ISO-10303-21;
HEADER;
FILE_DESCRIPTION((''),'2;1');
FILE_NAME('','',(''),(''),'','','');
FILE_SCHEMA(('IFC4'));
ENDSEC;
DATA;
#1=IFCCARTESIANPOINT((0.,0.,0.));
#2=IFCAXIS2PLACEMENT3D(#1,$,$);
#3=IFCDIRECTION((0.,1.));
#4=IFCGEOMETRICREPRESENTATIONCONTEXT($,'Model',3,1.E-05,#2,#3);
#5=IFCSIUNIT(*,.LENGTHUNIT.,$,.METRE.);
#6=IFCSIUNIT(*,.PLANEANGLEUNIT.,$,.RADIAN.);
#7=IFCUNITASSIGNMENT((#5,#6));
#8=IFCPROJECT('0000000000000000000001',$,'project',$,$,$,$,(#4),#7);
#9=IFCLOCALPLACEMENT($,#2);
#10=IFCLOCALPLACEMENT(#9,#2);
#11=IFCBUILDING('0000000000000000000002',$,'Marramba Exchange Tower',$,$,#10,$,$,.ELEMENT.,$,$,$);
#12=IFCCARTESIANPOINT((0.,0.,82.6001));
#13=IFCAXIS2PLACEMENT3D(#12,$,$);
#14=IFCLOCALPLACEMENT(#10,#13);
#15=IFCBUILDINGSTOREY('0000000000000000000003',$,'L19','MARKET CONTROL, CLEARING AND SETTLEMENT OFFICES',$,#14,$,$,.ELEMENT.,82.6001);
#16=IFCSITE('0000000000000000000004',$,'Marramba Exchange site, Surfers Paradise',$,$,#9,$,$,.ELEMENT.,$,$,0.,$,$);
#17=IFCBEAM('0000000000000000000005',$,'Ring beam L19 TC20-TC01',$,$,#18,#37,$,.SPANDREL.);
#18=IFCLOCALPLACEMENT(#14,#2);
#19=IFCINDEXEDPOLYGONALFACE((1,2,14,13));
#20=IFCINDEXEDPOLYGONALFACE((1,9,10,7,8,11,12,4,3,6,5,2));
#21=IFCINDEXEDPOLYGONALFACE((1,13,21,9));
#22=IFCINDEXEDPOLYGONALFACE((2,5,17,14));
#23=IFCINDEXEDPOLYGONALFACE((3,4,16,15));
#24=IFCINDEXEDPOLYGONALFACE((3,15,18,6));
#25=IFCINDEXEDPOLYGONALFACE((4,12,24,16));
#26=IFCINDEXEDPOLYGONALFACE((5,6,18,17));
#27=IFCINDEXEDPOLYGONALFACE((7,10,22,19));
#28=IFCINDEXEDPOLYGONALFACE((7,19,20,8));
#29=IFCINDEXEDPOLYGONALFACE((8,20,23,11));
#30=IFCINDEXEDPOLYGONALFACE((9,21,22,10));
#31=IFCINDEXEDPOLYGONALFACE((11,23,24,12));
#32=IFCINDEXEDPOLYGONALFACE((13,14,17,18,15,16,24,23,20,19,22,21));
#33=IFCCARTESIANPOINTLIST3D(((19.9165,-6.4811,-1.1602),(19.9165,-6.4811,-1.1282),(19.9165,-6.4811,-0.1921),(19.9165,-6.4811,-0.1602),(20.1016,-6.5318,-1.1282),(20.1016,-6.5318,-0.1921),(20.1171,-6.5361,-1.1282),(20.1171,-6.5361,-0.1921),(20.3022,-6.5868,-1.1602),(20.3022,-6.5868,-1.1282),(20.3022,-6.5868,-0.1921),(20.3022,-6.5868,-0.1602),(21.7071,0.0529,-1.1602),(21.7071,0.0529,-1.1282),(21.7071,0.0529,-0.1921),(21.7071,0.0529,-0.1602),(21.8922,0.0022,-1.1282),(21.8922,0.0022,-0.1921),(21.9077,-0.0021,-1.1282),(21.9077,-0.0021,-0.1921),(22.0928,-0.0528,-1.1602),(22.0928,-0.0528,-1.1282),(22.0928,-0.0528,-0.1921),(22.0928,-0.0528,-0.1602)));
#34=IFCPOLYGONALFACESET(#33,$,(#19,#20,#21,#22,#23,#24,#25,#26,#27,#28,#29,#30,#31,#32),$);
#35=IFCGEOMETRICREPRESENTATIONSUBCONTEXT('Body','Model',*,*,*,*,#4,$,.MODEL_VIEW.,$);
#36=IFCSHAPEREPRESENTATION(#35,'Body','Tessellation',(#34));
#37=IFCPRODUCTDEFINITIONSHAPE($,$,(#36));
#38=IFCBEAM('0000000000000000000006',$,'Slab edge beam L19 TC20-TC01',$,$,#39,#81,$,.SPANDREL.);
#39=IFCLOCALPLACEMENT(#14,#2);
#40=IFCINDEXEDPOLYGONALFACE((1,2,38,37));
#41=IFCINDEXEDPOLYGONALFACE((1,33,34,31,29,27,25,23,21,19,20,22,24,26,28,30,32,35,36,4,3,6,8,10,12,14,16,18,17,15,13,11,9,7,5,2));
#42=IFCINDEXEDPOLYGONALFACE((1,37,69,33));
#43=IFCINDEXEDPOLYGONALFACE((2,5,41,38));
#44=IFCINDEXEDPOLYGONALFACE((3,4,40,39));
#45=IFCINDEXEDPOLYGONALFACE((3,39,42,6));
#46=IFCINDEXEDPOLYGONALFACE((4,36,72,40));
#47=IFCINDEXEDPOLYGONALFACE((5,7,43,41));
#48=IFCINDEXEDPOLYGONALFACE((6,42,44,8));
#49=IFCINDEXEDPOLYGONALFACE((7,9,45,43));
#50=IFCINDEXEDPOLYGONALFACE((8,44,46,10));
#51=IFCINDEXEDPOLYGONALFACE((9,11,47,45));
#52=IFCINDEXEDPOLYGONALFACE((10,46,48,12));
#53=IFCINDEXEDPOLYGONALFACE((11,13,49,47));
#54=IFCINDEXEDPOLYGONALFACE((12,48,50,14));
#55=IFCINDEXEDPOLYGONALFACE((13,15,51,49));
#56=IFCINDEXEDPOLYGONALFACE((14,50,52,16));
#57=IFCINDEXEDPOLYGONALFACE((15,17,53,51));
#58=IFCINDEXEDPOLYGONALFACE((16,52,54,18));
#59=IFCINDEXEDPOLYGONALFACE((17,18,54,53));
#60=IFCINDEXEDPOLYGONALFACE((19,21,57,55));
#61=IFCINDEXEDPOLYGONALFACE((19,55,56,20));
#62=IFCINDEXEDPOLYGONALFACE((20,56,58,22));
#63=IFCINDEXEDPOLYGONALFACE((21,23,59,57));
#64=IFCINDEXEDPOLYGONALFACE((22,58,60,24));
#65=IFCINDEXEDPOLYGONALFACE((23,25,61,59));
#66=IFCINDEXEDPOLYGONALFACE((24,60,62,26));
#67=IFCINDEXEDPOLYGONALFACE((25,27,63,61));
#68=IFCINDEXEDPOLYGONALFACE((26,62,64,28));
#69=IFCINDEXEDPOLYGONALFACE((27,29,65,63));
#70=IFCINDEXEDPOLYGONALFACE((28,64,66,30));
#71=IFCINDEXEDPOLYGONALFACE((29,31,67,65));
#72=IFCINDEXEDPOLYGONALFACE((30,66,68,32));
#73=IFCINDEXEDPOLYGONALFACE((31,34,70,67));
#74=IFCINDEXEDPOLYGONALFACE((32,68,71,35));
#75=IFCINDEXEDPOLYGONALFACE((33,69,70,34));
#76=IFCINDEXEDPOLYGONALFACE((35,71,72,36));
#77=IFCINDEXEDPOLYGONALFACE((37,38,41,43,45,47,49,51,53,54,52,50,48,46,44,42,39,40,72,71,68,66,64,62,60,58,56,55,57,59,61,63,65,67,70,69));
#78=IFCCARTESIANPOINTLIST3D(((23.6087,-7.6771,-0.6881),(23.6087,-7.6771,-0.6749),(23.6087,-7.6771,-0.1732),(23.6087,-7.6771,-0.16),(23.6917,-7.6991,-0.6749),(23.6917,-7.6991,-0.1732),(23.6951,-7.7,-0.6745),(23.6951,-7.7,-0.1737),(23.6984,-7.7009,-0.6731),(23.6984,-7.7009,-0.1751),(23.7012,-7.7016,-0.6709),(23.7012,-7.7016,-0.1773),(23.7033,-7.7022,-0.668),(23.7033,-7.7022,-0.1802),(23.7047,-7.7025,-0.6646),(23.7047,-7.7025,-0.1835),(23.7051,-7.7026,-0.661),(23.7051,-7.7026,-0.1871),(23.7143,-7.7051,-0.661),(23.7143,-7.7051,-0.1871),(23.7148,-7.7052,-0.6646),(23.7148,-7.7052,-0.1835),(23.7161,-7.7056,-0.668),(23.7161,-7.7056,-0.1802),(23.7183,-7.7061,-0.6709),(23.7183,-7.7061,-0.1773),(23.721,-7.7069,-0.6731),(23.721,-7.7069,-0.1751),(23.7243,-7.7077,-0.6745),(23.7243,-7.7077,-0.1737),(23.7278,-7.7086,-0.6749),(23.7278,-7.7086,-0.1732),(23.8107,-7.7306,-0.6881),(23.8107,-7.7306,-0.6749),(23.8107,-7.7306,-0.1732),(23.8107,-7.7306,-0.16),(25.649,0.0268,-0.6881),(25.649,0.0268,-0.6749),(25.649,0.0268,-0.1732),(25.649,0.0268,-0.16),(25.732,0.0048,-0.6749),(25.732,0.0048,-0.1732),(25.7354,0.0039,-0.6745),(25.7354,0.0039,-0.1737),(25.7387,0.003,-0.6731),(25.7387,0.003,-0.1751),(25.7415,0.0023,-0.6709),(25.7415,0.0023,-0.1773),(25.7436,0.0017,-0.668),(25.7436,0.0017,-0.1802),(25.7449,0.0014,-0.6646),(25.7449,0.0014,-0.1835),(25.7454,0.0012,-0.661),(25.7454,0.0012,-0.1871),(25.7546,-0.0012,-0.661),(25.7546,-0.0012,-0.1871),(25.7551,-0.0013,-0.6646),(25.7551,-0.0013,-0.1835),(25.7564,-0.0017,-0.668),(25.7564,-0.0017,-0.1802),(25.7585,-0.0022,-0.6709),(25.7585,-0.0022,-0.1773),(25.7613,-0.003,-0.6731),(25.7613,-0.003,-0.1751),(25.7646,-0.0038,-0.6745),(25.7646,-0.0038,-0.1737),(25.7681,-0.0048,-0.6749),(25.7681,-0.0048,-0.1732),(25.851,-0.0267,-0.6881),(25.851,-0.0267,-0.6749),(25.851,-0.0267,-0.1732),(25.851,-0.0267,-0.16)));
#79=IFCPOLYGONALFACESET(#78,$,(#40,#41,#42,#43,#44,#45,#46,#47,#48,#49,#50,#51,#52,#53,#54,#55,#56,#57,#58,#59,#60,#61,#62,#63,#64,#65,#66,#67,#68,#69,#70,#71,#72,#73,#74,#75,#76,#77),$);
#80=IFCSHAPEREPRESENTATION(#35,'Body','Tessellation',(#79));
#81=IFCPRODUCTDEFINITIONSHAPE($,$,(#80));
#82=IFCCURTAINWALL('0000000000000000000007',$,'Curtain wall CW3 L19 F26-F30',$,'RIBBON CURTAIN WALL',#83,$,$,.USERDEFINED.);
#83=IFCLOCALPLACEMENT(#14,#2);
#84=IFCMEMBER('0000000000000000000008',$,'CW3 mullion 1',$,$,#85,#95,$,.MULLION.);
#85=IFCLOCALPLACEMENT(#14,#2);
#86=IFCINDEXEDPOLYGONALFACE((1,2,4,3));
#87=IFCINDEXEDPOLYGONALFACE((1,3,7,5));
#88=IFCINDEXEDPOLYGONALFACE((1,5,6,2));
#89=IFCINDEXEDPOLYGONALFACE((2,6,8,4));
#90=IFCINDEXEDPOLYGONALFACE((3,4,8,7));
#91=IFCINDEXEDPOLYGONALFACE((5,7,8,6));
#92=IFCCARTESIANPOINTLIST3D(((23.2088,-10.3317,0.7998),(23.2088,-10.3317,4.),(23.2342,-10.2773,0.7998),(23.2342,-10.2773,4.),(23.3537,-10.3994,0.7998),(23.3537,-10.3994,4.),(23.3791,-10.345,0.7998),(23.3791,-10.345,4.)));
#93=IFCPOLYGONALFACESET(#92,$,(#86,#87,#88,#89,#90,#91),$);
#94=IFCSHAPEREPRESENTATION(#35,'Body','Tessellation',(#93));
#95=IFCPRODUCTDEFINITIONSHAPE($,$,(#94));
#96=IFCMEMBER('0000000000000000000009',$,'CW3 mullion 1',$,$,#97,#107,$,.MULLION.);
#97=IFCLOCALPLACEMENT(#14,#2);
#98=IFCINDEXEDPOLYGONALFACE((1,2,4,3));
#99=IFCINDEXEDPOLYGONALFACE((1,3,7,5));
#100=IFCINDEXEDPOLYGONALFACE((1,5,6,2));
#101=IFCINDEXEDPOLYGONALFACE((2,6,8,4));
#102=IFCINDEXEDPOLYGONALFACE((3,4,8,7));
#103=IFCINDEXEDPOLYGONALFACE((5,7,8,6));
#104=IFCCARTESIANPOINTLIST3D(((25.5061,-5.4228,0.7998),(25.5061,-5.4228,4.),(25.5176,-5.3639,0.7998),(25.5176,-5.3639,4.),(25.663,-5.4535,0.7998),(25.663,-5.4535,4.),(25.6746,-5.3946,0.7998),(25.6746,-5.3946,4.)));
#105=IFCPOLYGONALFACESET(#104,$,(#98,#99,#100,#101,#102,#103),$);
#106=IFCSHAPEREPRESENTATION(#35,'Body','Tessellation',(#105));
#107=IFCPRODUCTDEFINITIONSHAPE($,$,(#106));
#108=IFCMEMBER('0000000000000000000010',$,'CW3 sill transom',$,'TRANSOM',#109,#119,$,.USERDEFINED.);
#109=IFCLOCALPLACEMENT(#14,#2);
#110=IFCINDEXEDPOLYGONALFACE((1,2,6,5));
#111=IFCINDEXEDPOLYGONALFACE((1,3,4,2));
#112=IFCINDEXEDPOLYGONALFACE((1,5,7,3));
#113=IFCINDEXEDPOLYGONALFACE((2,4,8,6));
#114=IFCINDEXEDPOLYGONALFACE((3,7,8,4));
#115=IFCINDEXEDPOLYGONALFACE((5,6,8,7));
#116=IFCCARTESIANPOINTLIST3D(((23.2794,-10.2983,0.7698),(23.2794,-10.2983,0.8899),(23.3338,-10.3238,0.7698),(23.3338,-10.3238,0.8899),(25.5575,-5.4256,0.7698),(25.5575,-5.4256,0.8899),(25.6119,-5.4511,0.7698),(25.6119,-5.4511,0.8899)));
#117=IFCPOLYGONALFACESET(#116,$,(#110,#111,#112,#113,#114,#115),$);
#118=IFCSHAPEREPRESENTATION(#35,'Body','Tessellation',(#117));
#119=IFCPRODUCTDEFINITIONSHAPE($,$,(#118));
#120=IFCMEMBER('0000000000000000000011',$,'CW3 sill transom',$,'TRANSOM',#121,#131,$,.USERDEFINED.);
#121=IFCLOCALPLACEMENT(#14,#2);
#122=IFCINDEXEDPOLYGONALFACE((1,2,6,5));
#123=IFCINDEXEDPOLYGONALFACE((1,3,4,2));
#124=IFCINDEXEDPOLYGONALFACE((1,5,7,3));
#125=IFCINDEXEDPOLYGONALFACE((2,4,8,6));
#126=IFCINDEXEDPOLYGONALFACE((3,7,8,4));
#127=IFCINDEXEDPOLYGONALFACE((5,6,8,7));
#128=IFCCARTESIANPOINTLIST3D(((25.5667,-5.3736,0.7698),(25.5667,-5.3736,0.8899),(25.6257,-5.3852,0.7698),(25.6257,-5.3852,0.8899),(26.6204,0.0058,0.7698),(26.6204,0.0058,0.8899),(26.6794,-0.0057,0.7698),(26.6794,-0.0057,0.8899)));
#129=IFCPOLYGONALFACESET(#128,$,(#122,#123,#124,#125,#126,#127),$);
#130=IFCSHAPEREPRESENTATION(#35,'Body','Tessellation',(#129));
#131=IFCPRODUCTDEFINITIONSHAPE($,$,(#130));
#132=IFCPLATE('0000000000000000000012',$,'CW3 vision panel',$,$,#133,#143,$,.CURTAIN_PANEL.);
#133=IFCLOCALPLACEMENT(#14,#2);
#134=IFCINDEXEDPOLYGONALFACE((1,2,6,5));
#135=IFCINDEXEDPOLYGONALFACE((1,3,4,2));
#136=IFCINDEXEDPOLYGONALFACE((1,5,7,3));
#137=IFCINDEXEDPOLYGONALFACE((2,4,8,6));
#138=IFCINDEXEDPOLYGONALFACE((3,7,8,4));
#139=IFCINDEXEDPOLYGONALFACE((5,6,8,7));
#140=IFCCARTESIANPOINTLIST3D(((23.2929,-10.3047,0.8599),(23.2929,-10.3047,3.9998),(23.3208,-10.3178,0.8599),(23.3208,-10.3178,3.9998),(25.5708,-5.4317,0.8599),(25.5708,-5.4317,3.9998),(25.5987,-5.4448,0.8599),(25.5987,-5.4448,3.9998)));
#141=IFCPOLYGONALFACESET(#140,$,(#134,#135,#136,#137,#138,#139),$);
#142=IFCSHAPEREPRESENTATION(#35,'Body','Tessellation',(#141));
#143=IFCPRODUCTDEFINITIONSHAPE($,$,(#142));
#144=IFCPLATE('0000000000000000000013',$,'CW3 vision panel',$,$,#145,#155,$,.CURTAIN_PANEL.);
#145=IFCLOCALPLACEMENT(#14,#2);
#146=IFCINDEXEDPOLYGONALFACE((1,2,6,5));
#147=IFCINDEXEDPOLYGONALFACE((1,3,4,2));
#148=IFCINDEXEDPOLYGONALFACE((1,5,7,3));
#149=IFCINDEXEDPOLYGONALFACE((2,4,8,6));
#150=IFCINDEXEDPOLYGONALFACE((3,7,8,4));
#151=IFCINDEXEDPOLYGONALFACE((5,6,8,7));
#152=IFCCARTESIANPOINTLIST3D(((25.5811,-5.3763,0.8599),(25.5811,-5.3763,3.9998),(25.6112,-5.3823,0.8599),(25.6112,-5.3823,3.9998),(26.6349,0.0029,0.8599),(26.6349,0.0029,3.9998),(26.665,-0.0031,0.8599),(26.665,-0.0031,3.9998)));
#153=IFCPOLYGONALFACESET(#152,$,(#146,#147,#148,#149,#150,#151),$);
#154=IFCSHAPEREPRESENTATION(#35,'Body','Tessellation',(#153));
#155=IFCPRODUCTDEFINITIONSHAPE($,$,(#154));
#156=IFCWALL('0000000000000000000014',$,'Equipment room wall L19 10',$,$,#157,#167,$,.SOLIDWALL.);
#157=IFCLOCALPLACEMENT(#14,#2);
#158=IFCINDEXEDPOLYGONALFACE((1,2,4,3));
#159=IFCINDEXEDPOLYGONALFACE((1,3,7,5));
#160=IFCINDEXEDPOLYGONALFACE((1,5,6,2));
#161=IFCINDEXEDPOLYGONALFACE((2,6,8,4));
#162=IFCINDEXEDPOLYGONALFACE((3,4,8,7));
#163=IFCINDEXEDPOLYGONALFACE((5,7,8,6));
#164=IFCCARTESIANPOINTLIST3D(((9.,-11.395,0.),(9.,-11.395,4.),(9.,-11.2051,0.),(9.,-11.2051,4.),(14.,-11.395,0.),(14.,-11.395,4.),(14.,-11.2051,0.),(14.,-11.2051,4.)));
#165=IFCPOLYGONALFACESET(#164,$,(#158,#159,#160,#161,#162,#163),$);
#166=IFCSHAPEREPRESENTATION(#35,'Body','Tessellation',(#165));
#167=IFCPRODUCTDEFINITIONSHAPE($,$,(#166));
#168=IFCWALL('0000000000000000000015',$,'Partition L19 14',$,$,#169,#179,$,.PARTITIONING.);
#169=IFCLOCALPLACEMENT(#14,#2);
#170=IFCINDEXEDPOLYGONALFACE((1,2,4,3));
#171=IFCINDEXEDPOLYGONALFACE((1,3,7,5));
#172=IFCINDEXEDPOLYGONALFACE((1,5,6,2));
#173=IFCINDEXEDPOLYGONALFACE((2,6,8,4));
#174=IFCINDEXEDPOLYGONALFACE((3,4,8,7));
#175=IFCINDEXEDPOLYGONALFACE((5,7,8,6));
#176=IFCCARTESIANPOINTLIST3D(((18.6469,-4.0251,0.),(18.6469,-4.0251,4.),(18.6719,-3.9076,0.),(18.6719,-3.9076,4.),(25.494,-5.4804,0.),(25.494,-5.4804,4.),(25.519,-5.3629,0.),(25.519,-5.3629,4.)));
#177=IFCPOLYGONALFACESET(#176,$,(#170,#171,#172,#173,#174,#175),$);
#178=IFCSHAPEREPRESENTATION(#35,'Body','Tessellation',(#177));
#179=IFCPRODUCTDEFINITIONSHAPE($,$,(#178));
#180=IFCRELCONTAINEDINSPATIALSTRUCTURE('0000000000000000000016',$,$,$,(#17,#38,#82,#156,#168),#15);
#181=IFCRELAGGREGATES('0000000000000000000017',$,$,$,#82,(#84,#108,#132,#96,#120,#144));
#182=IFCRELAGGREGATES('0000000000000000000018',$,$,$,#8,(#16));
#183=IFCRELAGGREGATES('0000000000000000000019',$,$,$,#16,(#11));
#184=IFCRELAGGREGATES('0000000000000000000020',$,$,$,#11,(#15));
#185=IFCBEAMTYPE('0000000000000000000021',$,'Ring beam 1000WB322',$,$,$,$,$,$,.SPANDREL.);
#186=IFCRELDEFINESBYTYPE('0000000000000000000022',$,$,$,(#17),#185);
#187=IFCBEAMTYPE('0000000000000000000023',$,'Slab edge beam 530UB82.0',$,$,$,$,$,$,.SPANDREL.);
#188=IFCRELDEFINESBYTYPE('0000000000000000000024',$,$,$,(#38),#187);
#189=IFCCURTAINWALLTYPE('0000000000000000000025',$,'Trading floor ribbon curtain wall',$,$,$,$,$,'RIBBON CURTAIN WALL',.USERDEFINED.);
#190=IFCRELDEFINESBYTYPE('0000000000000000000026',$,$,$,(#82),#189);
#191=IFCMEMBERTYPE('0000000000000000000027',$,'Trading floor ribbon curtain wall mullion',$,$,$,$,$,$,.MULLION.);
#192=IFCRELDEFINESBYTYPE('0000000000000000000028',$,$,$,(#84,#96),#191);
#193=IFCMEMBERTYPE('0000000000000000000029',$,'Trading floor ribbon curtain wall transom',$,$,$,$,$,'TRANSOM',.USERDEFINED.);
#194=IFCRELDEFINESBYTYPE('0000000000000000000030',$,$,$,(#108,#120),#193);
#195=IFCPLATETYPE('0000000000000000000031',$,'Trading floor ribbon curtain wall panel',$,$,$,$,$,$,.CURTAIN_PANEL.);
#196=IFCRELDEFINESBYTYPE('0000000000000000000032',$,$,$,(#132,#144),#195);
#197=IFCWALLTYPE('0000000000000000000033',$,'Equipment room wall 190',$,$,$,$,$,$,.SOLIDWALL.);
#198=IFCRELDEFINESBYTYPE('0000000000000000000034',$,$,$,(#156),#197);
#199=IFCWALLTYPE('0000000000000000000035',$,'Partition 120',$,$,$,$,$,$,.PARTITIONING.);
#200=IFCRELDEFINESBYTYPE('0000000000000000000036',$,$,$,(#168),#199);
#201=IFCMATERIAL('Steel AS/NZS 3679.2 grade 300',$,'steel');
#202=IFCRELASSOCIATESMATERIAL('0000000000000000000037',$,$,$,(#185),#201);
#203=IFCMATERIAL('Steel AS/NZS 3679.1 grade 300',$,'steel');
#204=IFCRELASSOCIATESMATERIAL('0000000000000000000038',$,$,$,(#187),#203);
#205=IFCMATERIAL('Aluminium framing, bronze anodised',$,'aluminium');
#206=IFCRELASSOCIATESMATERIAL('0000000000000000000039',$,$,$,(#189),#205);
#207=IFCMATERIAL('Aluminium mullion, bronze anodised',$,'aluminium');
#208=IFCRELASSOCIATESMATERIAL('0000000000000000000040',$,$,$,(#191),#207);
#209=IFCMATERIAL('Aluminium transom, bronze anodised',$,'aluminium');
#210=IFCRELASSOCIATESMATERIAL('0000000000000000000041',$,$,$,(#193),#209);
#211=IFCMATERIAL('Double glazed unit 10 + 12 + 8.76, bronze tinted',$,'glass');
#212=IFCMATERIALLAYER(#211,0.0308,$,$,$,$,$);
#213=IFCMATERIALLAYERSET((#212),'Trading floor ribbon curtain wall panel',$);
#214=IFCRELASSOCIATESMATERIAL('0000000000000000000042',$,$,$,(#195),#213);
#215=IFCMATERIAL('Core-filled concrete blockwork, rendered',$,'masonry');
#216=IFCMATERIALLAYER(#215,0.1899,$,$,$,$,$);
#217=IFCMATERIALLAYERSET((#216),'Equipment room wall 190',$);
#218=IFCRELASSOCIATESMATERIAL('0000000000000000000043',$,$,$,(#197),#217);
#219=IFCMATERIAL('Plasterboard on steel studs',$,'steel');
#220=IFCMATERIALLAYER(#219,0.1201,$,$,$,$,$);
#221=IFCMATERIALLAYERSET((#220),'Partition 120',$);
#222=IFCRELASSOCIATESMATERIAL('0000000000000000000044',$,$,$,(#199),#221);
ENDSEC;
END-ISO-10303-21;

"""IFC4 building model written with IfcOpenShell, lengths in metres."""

from ifc_helpers import new_model, si_unit, direction, frame, frame_2d, origin, origin_2d, place, context, subcontext, project, spatial, rectangle, i_section, extrude, material, layer, layer_set, material_profile, profile_set, type_object, element, aggregate, save


model = new_model("IFC4")

# Units and contexts
model_context = context("Model", 3, precision=1e-05, world=origin(), true_north=direction((0.0, 1.0)))
body_context = subcontext(model_context, "Body", "Model", "MODEL_VIEW")
ifc_project = project(units=[si_unit("LENGTHUNIT", "METRE"), si_unit("PLANEANGLEUNIT", "RADIAN")], contexts=[model_context])

# Site, building, storey
site_placement = place(None, origin())
site = spatial("IfcSite", under=ifc_project, at=site_placement, Name="Marramba Exchange site, Surfers Paradise", CompositionType="ELEMENT", RefElevation=0.0)
building_placement = place(site_placement, origin())
building = spatial("IfcBuilding", under=site, at=building_placement, Name="Marramba Exchange Tower", CompositionType="ELEMENT")
storey_placement = place(building_placement, frame((0.0, 0.0, 82.6001)))
storey = spatial("IfcBuildingStorey", under=building, at=storey_placement, Name="L19", Description="MARKET CONTROL, CLEARING AND SETTLEMENT OFFICES", CompositionType="ELEMENT", Elevation=82.6001)

# Beams
ifc_material_1 = material(Name="Steel AS/NZS 3679.2 grade 300", Category="steel")
ifc_material_2 = material(Name="Steel AS/NZS 3679.1 grade 300", Category="steel")
ifc_material_profile_1 = material_profile(ifc_material_1, i_section(OverallWidth=0.3999, OverallDepth=1.0, WebThickness=0.0161, FlangeThickness=0.032, at=origin_2d()), Name="1000WB322")
ifc_profile_set_1 = profile_set([ifc_material_profile_1], Name="Steel AS/NZS 3679.2 grade 300")
beam_type_1 = type_object("IfcBeamType", Name="Ring beam 1000WB322", PredefinedType="SPANDREL", material=ifc_profile_set_1)
beam_1_placement = place(storey_placement, frame((20.1094, -6.5339, -0.6602), z_axis=(0.264291, 0.964443, 0.0), x_axis=(-0.964443, 0.264291, 0.0)))
element("IfcBeam", 1, at=beam_1_placement, inside=storey, type_object=beam_type_1, Name="Ring beam L19 TC20-TC01", PredefinedType="SPANDREL", context=body_context, shape_type="SweptSolid", body=[
    extrude(i_section(OverallWidth=0.3999, OverallDepth=1.0, WebThickness=0.0161, FlangeThickness=0.032, at=origin_2d()), origin(), (0.0, 0.0, 1.0), 6.7749),
])
ifc_material_profile_2 = material_profile(ifc_material_2, i_section(OverallWidth=0.209, OverallDepth=0.5281, WebThickness=0.0095, FlangeThickness=0.0132, FilletRadius=0.0139, at=origin_2d()), Name="530UB82.0")
ifc_profile_set_2 = profile_set([ifc_material_profile_2], Name="Steel AS/NZS 3679.1 grade 300")
beam_type_2 = type_object("IfcBeamType", Name="Slab edge beam 530UB82.0", PredefinedType="SPANDREL", material=ifc_profile_set_2)
beam_2_placement = place(storey_placement, frame((23.7097, -7.7039, -0.4241), z_axis=(0.256013, 0.966673, 0.0), x_axis=(-0.966673, 0.256013, 0.0)))
element("IfcBeam", 2, at=beam_2_placement, inside=storey, type_object=beam_type_2, Name="Slab edge beam L19 TC20-TC01", PredefinedType="SPANDREL", context=body_context, shape_type="SweptSolid", body=[
    extrude(i_section(OverallWidth=0.209, OverallDepth=0.5281, WebThickness=0.0095, FlangeThickness=0.0132, FilletRadius=0.0139, at=origin_2d()), origin(), (0.0, 0.0, 1.0), 7.9695),
])

# Curtain wall, members, plates
ifc_material_3 = material(Name="Aluminium framing, bronze anodised", Category="aluminium")
curtain_wall_type = type_object("IfcCurtainWallType", Name="Trading floor ribbon curtain wall", ElementType="RIBBON CURTAIN WALL", PredefinedType="USERDEFINED", material=ifc_material_3)
curtain_wall_placement = place(storey_placement, origin())
curtain_wall = element("IfcCurtainWall", 3, at=curtain_wall_placement, inside=storey, type_object=curtain_wall_type, Name="Curtain wall CW3 L19 F26-F30", ObjectType="RIBBON CURTAIN WALL", PredefinedType="USERDEFINED")
ifc_material_4 = material(Name="Aluminium mullion, bronze anodised", Category="aluminium")
ifc_material_profile_3 = material_profile(ifc_material_4, rectangle(XDim=0.1599, YDim=0.0601, at=origin_2d()), Name="CW3 mullion 60x160")
ifc_profile_set_3 = profile_set([ifc_material_profile_3], Name="Aluminium mullion, bronze anodised")
member_type_1 = type_object("IfcMemberType", Name="Trading floor ribbon curtain wall mullion", PredefinedType="MULLION", material=ifc_profile_set_3)
member_1_placement = place(storey_placement, frame((23.2939, -10.3384, 0.7998), z_axis=(0.0, 0.0, 1.0), x_axis=(-0.905907, 0.423477, 0.0)))
member_1 = element("IfcMember", 4, at=member_1_placement, type_object=member_type_1, Name="CW3 mullion 1", PredefinedType="MULLION", context=body_context, shape_type="SweptSolid", body=[
    extrude(rectangle(XDim=0.1599, YDim=0.0601, at=origin_2d()), origin(), (0.0, 0.0, 1.0), 3.2002),
])
member_2_placement = place(storey_placement, frame((25.5903, -5.4087, 0.7998), z_axis=(0.0, 0.0, 1.0), x_axis=(-0.981346, 0.192249, 0.0)))
member_2 = element("IfcMember", 5, at=member_2_placement, type_object=member_type_1, Name="CW3 mullion 1", PredefinedType="MULLION", context=body_context, shape_type="SweptSolid", body=[
    extrude(rectangle(XDim=0.1599, YDim=0.0601, at=origin_2d()), origin(), (0.0, 0.0, 1.0), 3.2002),
])
ifc_material_5 = material(Name="Aluminium transom, bronze anodised", Category="aluminium")
ifc_material_profile_4 = material_profile(ifc_material_5, rectangle(XDim=0.0601, YDim=0.1201, at=origin_2d()), Name="CW3 transom 60x120")
ifc_profile_set_4 = profile_set([ifc_material_profile_4], Name="Aluminium transom, bronze anodised")
member_type_2 = type_object("IfcMemberType", Name="Trading floor ribbon curtain wall transom", ElementType="TRANSOM", PredefinedType="USERDEFINED", material=ifc_profile_set_4)
member_3_placement = place(storey_placement, frame((23.3066, -10.311, 0.8298), z_axis=(0.423512, 0.905891, 0.0), x_axis=(-0.905891, 0.423512, 0.0)))
member_3 = element("IfcMember", 6, at=member_3_placement, type_object=member_type_2, Name="CW3 sill transom", ObjectType="TRANSOM", PredefinedType="USERDEFINED", context=body_context, shape_type="SweptSolid", body=[
    extrude(rectangle(XDim=0.0601, YDim=0.1201, at=origin_2d()), origin(), (0.0, 0.0, 1.0), 5.3789),
])
member_4_placement = place(storey_placement, frame((25.5962, -5.3794, 0.8298), z_axis=(0.192226, 0.981351, 0.0), x_axis=(-0.981351, 0.192226, 0.0)))
member_4 = element("IfcMember", 7, at=member_4_placement, type_object=member_type_2, Name="CW3 sill transom", ObjectType="TRANSOM", PredefinedType="USERDEFINED", context=body_context, shape_type="SweptSolid", body=[
    extrude(rectangle(XDim=0.0601, YDim=0.1201, at=origin_2d()), origin(), (0.0, 0.0, 1.0), 5.4817),
])
ifc_material_6 = material(Name="Double glazed unit 10 + 12 + 8.76, bronze tinted", Category="glass")
ifc_layer_1 = layer(ifc_material_6, 0.0308)
ifc_layer_set_1 = layer_set([ifc_layer_1], Name="Trading floor ribbon curtain wall panel")
plate_type = type_object("IfcPlateType", Name="Trading floor ribbon curtain wall panel", PredefinedType="CURTAIN_PANEL", material=ifc_layer_set_1)
plate_1_placement = place(storey_placement, frame((24.4458, -7.8748, 0.8599), z_axis=(0.0, 0.0, 1.0), x_axis=(0.423477, 0.905907, 0.0)))
plate_1 = element("IfcPlate", 8, at=plate_1_placement, type_object=plate_type, Name="CW3 vision panel", PredefinedType="CURTAIN_PANEL", context=body_context, shape_type="SweptSolid", body=[
    extrude(rectangle(XDim=5.3792, YDim=0.0308, at=origin_2d()), origin(), (0.0, 0.0, 1.0), 3.1399),
])
plate_2_placement = place(storey_placement, frame((26.123, -2.6897, 0.8599), z_axis=(0.0, 0.0, 1.0), x_axis=(0.192249, 0.981346, 0.0)))
plate_2 = element("IfcPlate", 9, at=plate_2_placement, type_object=plate_type, Name="CW3 vision panel", PredefinedType="CURTAIN_PANEL", context=body_context, shape_type="SweptSolid", body=[
    extrude(rectangle(XDim=5.4814, YDim=0.0308, at=origin_2d()), origin(), (0.0, 0.0, 1.0), 3.1399),
])
aggregate(curtain_wall, [member_1, member_3, plate_1, member_2, member_4, plate_2])

# Walls
ifc_material_7 = material(Name="Core-filled concrete blockwork, rendered", Category="masonry")
ifc_layer_2 = layer(ifc_material_7, 0.1899)
ifc_layer_set_2 = layer_set([ifc_layer_2], Name="Equipment room wall 190")
wall_type_1 = type_object("IfcWallType", Name="Equipment room wall 190", PredefinedType="SOLIDWALL", material=ifc_layer_set_2)
wall_1_placement = place(storey_placement, frame((14.0, -11.3, 0.0), z_axis=(0.0, 0.0, 1.0), x_axis=(-1.0, 0.0, 0.0)))
element("IfcWall", 10, at=wall_1_placement, inside=storey, type_object=wall_type_1, Name="Equipment room wall L19 10", PredefinedType="SOLIDWALL", context=body_context, shape_type="SweptSolid", body=[
    extrude(rectangle(XDim=5.0, YDim=0.1899, at=frame_2d((2.5, 0.0))), origin(), (0.0, 0.0, 1.0), 4.0),
])
ifc_material_8 = material(Name="Plasterboard on steel studs", Category="steel")
ifc_layer_3 = layer(ifc_material_8, 0.1201)
ifc_layer_set_3 = layer_set([ifc_layer_3], Name="Partition 120")
wall_type_2 = type_object("IfcWallType", Name="Partition 120", PredefinedType="PARTITIONING", material=ifc_layer_set_3)
wall_2_placement = place(storey_placement, frame((18.6594, -3.9663, 0.0), z_axis=(0.0, 0.0, 1.0), x_axis=(0.978149, -0.207907, 0.0)))
element("IfcWall", 11, at=wall_2_placement, inside=storey, type_object=wall_type_2, Name="Partition L19 14", PredefinedType="PARTITIONING", context=body_context, shape_type="SweptSolid", body=[
    extrude(rectangle(XDim=7.0, YDim=0.1201, at=frame_2d((3.5, 0.0))), origin(), (0.0, 0.0, 1.0), 4.0),
])

save(model, "model.ifc")
